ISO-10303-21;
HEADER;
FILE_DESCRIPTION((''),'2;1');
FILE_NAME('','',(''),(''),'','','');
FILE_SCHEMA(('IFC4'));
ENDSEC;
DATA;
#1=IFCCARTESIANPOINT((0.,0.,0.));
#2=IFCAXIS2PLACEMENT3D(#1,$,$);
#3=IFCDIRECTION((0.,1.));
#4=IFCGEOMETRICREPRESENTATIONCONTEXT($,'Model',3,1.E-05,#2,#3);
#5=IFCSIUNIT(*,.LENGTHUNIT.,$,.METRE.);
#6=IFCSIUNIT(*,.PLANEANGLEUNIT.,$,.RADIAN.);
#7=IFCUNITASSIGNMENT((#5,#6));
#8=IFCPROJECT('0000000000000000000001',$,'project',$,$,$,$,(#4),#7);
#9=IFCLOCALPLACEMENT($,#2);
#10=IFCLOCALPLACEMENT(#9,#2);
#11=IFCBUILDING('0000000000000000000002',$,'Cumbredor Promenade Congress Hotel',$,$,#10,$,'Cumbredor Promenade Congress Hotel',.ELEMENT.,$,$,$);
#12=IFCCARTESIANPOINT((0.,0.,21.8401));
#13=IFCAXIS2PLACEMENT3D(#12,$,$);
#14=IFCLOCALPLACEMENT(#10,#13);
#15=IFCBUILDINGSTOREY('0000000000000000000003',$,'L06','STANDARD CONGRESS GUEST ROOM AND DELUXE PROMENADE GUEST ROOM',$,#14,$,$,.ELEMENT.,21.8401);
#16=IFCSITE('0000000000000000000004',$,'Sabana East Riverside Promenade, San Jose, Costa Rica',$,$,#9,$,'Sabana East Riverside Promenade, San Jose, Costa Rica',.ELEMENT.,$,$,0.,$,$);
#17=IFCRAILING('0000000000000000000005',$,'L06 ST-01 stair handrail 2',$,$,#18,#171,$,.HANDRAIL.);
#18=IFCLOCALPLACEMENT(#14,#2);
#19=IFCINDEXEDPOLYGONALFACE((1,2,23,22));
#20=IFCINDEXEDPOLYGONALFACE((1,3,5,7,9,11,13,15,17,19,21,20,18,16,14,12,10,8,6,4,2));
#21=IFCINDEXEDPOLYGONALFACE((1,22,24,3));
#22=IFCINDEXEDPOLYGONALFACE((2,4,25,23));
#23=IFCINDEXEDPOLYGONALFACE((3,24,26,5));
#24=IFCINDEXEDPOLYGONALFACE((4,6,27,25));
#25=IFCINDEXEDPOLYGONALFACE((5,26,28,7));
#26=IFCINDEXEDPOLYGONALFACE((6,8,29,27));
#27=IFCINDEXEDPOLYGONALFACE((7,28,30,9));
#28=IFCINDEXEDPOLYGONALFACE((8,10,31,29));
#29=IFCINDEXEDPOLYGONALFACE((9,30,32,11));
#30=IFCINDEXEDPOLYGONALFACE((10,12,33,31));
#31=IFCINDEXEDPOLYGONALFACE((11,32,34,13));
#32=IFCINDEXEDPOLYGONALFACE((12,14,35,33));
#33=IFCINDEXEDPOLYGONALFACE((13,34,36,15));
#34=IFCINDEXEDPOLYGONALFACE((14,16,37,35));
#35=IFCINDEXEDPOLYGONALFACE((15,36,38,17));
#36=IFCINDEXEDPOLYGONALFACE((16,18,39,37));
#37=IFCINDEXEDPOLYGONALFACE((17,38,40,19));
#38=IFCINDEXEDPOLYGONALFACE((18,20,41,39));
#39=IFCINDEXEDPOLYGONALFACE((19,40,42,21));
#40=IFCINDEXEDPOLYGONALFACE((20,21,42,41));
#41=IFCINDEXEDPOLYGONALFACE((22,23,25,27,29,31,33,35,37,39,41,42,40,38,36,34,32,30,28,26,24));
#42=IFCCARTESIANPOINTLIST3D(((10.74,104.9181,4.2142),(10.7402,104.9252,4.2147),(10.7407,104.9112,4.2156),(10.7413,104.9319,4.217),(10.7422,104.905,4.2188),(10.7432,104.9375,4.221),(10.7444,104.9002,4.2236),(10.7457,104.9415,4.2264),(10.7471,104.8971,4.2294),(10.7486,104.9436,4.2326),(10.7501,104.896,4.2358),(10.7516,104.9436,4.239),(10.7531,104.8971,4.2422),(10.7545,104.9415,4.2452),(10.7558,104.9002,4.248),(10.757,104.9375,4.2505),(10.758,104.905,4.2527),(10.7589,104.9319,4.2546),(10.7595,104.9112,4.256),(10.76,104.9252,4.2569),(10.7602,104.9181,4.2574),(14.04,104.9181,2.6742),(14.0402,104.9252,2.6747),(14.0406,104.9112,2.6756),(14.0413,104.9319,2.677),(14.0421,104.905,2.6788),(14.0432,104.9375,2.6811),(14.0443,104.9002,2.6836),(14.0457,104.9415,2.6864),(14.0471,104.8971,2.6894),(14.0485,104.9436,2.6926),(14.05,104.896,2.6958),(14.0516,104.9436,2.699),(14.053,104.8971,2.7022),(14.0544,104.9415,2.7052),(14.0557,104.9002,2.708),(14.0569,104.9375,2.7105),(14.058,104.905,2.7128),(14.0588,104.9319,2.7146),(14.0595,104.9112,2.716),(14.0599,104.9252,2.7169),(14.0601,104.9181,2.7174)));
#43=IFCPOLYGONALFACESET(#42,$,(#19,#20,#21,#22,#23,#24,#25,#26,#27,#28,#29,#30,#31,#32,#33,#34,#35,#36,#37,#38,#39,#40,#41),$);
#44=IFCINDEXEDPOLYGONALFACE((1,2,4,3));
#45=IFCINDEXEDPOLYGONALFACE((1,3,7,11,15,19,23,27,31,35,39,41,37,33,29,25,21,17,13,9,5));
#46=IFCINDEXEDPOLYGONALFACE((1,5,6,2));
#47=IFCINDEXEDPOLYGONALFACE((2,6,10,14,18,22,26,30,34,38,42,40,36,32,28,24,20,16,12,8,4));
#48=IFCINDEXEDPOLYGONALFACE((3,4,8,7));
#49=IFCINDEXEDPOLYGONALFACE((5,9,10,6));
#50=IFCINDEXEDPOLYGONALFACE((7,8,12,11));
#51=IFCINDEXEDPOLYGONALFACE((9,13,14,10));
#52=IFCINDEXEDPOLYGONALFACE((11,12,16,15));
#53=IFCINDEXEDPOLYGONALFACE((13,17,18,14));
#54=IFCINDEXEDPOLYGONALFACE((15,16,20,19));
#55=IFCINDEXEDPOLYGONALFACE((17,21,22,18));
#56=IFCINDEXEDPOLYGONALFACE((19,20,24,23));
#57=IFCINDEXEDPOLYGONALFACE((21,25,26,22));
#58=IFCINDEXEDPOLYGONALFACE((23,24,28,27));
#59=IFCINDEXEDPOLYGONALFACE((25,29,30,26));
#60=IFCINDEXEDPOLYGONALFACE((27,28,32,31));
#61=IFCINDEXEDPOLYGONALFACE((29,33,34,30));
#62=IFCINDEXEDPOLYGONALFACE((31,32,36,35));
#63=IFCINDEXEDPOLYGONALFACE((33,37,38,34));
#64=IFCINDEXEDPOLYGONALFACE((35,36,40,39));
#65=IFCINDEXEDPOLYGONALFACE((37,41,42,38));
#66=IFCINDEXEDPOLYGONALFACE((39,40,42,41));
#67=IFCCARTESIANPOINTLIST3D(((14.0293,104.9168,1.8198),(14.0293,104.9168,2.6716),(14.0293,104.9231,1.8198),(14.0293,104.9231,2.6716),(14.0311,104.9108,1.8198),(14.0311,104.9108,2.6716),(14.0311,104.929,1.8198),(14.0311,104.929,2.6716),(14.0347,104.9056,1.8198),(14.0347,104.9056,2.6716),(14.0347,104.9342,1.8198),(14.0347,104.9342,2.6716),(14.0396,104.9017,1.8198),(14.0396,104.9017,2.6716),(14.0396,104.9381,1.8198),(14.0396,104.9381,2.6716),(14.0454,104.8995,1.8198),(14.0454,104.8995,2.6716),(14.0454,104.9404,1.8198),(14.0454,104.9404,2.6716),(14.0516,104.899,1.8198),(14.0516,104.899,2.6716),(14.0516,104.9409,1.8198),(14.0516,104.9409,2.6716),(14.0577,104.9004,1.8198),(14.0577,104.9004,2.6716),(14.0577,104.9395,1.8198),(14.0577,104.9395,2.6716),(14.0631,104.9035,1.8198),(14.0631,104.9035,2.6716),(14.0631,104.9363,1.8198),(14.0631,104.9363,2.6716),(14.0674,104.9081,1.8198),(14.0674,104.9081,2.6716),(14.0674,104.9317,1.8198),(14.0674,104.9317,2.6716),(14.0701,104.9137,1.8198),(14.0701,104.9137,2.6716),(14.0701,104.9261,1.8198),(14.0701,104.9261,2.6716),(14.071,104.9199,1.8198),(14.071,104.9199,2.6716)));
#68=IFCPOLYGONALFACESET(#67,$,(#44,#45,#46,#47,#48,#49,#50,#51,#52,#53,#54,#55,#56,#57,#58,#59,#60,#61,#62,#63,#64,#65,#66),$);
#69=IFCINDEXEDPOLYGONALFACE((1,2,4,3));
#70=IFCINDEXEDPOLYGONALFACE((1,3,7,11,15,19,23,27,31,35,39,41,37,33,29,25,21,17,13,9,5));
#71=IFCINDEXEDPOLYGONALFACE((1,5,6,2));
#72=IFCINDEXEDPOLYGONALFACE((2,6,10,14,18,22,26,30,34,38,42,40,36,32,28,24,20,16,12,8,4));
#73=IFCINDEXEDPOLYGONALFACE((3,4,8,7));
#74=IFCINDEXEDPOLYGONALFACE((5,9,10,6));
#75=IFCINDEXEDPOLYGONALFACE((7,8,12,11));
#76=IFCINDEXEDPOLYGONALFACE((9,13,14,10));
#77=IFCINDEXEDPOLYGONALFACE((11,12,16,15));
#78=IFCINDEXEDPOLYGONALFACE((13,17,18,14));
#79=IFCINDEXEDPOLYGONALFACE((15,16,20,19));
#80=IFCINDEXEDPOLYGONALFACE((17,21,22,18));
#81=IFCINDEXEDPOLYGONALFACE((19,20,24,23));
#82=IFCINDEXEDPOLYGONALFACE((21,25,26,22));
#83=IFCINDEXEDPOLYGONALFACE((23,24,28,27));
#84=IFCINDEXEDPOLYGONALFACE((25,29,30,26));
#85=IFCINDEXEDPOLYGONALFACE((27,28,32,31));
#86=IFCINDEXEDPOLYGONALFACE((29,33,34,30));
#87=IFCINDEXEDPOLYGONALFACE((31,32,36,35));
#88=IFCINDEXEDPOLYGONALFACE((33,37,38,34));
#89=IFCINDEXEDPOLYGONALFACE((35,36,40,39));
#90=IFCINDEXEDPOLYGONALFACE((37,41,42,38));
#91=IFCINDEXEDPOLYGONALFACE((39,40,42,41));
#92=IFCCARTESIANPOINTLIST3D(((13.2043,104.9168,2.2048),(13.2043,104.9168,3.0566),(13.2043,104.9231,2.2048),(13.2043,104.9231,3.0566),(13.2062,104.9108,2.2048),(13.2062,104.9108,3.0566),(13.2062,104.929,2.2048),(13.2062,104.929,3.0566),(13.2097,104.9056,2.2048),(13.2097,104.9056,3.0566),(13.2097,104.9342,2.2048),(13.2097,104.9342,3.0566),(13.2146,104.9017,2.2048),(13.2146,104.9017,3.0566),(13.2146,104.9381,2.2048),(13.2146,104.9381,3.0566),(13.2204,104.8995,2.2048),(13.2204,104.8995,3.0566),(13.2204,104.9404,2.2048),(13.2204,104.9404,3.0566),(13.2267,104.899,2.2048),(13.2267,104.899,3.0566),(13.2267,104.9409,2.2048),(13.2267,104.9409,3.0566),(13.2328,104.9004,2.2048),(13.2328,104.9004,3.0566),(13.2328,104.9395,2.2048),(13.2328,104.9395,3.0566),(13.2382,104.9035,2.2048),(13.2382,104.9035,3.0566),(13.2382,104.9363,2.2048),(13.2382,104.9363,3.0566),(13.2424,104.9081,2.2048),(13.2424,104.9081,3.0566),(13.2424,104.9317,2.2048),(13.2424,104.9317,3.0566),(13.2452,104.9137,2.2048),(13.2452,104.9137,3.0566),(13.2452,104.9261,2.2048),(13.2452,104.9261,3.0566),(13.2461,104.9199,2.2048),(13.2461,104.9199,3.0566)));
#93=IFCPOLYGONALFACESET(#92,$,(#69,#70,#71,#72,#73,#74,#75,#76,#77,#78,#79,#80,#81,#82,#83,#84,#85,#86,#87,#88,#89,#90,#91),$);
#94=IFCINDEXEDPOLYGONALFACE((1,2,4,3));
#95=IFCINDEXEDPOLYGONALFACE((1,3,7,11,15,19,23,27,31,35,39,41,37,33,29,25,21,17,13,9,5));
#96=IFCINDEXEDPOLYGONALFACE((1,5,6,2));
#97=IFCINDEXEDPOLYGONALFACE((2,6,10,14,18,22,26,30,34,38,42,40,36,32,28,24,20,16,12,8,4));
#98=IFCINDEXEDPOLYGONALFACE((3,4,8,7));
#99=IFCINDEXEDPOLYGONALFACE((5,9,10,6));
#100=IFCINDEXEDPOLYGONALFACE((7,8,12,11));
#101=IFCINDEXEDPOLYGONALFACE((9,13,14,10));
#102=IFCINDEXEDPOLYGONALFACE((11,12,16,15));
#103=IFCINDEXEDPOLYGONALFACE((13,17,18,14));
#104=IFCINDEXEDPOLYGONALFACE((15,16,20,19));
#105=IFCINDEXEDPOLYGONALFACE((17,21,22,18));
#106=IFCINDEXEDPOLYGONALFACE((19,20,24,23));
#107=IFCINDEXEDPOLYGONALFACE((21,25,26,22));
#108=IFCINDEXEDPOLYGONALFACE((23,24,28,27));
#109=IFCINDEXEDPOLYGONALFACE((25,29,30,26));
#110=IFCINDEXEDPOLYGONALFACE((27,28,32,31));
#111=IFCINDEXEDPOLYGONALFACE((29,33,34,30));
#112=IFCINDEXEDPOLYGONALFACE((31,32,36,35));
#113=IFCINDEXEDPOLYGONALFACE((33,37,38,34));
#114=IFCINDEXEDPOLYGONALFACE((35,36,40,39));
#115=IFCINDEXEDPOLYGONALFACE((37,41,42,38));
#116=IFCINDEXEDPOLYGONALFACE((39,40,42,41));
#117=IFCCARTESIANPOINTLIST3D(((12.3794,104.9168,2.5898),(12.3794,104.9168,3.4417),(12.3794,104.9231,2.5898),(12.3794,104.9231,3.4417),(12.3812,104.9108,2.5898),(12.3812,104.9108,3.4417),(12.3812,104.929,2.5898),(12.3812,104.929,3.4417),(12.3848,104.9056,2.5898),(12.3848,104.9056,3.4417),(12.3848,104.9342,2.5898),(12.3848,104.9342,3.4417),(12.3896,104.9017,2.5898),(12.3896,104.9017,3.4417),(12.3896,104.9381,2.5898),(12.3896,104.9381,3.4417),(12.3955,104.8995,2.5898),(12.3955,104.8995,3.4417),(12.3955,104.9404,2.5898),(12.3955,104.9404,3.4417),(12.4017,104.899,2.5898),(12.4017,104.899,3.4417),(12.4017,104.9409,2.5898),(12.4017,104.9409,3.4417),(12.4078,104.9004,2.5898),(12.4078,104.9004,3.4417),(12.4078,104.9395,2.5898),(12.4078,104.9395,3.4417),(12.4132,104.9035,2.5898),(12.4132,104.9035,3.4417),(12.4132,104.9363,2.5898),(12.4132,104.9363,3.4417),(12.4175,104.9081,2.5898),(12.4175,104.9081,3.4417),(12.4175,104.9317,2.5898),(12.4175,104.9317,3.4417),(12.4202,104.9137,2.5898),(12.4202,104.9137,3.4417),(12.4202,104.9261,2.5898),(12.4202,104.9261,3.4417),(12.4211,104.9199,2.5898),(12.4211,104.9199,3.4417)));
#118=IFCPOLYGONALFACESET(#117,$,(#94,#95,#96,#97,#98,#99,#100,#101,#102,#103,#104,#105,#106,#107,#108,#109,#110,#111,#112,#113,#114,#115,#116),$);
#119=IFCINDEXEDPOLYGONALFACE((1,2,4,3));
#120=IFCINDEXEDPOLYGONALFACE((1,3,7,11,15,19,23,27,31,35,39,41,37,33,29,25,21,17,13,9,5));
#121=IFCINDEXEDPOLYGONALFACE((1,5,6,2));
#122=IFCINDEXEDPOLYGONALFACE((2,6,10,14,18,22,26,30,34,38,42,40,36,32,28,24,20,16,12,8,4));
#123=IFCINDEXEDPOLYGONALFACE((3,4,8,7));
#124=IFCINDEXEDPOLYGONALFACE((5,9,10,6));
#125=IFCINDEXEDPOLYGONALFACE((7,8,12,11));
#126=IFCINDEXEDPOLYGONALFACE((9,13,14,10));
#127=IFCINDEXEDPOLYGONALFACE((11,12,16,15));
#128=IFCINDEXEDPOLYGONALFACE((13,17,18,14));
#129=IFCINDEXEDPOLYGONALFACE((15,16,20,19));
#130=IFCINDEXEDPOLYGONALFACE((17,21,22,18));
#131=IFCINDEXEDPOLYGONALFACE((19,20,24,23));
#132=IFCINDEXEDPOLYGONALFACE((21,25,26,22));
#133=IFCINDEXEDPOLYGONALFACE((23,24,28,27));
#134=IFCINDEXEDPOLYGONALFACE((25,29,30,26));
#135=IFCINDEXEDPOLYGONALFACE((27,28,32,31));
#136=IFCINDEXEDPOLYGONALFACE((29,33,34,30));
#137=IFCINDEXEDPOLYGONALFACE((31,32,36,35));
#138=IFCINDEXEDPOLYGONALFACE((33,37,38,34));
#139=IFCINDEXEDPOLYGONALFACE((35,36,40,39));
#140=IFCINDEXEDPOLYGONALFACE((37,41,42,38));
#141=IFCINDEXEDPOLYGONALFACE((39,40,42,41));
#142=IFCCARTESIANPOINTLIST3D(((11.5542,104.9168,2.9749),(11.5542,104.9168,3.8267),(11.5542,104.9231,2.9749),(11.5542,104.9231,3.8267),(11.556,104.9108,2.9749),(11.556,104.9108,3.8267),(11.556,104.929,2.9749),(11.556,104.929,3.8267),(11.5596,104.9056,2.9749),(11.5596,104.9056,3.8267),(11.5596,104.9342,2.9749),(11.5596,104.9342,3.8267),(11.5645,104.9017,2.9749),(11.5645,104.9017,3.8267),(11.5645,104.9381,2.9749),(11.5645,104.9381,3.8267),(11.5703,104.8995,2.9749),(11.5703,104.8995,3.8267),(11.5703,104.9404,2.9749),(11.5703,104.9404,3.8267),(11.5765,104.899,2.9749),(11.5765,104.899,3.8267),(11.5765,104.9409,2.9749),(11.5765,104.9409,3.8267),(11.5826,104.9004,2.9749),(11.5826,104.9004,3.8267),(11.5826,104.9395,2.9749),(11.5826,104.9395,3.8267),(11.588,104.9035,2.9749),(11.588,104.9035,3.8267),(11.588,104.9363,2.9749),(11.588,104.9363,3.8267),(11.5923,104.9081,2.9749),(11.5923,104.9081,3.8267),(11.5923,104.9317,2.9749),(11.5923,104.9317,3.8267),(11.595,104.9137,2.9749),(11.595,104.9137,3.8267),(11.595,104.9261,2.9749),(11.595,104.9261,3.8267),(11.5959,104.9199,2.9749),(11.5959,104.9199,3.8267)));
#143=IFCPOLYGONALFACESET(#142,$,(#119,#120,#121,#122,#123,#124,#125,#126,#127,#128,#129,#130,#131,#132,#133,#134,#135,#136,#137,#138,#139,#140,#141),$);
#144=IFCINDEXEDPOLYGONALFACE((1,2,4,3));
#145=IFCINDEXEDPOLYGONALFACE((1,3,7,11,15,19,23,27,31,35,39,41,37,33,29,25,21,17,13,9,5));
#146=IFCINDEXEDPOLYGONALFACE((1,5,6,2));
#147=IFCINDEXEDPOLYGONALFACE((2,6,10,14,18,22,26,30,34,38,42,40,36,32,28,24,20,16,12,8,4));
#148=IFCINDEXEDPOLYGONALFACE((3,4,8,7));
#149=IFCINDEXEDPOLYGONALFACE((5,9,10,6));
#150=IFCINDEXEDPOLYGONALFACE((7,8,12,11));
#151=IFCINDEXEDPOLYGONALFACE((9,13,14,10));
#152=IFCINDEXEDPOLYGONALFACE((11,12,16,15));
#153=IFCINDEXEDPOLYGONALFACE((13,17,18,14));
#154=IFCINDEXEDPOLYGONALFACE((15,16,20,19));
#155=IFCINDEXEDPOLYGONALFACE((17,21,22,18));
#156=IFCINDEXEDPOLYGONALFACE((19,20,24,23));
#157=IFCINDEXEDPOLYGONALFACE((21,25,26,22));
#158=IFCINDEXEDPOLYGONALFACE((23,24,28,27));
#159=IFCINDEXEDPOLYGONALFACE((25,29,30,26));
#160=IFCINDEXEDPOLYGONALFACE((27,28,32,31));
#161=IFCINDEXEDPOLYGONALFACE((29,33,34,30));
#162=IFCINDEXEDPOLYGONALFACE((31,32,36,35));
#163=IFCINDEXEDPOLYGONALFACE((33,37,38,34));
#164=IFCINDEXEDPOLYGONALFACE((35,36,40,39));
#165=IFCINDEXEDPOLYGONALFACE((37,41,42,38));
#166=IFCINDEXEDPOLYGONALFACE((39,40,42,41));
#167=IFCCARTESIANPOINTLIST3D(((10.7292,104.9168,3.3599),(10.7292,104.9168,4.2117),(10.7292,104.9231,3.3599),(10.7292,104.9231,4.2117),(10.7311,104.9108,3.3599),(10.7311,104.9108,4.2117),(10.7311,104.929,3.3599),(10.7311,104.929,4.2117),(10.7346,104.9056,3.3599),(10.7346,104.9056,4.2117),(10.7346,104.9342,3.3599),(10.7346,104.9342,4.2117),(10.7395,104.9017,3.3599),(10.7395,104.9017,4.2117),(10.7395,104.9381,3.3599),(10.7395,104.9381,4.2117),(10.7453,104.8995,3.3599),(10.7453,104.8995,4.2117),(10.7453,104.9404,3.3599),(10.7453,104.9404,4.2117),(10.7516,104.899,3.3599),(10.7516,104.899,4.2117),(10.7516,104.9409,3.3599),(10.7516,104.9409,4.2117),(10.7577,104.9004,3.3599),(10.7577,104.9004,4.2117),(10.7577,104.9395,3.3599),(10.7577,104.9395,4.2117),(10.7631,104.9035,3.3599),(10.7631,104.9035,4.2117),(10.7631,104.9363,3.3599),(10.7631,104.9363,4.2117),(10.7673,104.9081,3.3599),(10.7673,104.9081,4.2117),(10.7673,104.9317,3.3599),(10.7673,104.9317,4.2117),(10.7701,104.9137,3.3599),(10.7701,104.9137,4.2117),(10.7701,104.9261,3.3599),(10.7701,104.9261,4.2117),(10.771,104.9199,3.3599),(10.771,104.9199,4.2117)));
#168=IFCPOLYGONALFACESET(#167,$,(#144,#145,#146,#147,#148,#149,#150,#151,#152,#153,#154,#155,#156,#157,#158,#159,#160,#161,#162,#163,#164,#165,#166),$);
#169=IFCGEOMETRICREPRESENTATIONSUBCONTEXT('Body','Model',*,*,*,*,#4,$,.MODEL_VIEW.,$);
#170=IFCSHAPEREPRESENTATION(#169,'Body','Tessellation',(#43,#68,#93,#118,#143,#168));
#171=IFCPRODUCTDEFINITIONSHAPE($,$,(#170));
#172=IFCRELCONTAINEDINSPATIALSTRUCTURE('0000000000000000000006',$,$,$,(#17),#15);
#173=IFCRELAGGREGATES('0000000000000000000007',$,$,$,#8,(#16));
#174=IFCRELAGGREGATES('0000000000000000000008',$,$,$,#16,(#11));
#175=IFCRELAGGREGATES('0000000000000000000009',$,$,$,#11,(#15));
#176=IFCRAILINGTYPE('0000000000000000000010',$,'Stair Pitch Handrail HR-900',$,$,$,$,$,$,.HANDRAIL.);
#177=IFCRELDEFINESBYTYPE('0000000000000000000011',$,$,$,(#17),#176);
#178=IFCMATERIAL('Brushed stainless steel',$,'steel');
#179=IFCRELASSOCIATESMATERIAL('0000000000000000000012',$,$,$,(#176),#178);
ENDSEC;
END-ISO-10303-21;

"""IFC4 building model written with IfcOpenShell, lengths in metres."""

from ifc_helpers import new_model, si_unit, direction, frame, origin, origin_2d, place, context, subcontext, project, spatial, circle, extrude, material, type_object, element, save


model = new_model("IFC4")

# Units and contexts
model_context = context("Model", 3, precision=1e-05, world=origin(), true_north=direction((0.0, 1.0)))
body_context = subcontext(model_context, "Body", "Model", "MODEL_VIEW")
ifc_project = project(units=[si_unit("LENGTHUNIT", "METRE"), si_unit("PLANEANGLEUNIT", "RADIAN")], contexts=[model_context])

# Site, building, storey
site_placement = place(None, origin())
site = spatial("IfcSite", under=ifc_project, at=site_placement, Name="Sabana East Riverside Promenade, San Jose, Costa Rica", LongName="Sabana East Riverside Promenade, San Jose, Costa Rica", CompositionType="ELEMENT", RefElevation=0.0)
building_placement = place(site_placement, origin())
building = spatial("IfcBuilding", under=site, at=building_placement, Name="Cumbredor Promenade Congress Hotel", LongName="Cumbredor Promenade Congress Hotel", CompositionType="ELEMENT")
storey_placement = place(building_placement, frame((0.0, 0.0, 21.8401)))
storey = spatial("IfcBuildingStorey", under=building, at=storey_placement, Name="L06", Description="STANDARD CONGRESS GUEST ROOM AND DELUXE PROMENADE GUEST ROOM", CompositionType="ELEMENT", Elevation=21.8401)

# Railing
ifc_material_1 = material(Name="Brushed stainless steel", Category="steel")
railing_type_1 = type_object("IfcRailingType", Name="Stair Pitch Handrail HR-900", PredefinedType="HANDRAIL", material=ifc_material_1)
railing_1_placement = place(storey_placement, frame((14.05, 104.9199, 1.8198)))
element("IfcRailing", 1, at=railing_1_placement, inside=storey, type_object=railing_type_1, Name="L06 ST-01 stair handrail 2", PredefinedType="HANDRAIL", context=body_context, shape_type="SweptSolid", body=[
    extrude(circle(Radius=0.0239, at=origin_2d()), frame((0.0, 0.0, 0.876), z_axis=(-0.906181, 0.0, 0.422889), x_axis=(0.0, -1.0, 0.0)), (0.0, 0.0, 1.0), 3.6416),
    extrude(circle(Radius=0.021, at=origin_2d()), origin(), (0.0, 0.0, 1.0), 0.8518),
    extrude(circle(Radius=0.021, at=origin_2d()), frame((-0.825, 0.0, 0.385)), (0.0, 0.0, 1.0), 0.8518),
    extrude(circle(Radius=0.021, at=origin_2d()), frame((-1.6499, 0.0, 0.77)), (0.0, 0.0, 1.0), 0.8518),
    extrude(circle(Radius=0.021, at=origin_2d()), frame((-2.4751, 0.0, 1.155)), (0.0, 0.0, 1.0), 0.8518),
    extrude(circle(Radius=0.021, at=origin_2d()), frame((-3.3, 0.0, 1.54)), (0.0, 0.0, 1.0), 0.8518),
])

save(model, "model.ifc")
